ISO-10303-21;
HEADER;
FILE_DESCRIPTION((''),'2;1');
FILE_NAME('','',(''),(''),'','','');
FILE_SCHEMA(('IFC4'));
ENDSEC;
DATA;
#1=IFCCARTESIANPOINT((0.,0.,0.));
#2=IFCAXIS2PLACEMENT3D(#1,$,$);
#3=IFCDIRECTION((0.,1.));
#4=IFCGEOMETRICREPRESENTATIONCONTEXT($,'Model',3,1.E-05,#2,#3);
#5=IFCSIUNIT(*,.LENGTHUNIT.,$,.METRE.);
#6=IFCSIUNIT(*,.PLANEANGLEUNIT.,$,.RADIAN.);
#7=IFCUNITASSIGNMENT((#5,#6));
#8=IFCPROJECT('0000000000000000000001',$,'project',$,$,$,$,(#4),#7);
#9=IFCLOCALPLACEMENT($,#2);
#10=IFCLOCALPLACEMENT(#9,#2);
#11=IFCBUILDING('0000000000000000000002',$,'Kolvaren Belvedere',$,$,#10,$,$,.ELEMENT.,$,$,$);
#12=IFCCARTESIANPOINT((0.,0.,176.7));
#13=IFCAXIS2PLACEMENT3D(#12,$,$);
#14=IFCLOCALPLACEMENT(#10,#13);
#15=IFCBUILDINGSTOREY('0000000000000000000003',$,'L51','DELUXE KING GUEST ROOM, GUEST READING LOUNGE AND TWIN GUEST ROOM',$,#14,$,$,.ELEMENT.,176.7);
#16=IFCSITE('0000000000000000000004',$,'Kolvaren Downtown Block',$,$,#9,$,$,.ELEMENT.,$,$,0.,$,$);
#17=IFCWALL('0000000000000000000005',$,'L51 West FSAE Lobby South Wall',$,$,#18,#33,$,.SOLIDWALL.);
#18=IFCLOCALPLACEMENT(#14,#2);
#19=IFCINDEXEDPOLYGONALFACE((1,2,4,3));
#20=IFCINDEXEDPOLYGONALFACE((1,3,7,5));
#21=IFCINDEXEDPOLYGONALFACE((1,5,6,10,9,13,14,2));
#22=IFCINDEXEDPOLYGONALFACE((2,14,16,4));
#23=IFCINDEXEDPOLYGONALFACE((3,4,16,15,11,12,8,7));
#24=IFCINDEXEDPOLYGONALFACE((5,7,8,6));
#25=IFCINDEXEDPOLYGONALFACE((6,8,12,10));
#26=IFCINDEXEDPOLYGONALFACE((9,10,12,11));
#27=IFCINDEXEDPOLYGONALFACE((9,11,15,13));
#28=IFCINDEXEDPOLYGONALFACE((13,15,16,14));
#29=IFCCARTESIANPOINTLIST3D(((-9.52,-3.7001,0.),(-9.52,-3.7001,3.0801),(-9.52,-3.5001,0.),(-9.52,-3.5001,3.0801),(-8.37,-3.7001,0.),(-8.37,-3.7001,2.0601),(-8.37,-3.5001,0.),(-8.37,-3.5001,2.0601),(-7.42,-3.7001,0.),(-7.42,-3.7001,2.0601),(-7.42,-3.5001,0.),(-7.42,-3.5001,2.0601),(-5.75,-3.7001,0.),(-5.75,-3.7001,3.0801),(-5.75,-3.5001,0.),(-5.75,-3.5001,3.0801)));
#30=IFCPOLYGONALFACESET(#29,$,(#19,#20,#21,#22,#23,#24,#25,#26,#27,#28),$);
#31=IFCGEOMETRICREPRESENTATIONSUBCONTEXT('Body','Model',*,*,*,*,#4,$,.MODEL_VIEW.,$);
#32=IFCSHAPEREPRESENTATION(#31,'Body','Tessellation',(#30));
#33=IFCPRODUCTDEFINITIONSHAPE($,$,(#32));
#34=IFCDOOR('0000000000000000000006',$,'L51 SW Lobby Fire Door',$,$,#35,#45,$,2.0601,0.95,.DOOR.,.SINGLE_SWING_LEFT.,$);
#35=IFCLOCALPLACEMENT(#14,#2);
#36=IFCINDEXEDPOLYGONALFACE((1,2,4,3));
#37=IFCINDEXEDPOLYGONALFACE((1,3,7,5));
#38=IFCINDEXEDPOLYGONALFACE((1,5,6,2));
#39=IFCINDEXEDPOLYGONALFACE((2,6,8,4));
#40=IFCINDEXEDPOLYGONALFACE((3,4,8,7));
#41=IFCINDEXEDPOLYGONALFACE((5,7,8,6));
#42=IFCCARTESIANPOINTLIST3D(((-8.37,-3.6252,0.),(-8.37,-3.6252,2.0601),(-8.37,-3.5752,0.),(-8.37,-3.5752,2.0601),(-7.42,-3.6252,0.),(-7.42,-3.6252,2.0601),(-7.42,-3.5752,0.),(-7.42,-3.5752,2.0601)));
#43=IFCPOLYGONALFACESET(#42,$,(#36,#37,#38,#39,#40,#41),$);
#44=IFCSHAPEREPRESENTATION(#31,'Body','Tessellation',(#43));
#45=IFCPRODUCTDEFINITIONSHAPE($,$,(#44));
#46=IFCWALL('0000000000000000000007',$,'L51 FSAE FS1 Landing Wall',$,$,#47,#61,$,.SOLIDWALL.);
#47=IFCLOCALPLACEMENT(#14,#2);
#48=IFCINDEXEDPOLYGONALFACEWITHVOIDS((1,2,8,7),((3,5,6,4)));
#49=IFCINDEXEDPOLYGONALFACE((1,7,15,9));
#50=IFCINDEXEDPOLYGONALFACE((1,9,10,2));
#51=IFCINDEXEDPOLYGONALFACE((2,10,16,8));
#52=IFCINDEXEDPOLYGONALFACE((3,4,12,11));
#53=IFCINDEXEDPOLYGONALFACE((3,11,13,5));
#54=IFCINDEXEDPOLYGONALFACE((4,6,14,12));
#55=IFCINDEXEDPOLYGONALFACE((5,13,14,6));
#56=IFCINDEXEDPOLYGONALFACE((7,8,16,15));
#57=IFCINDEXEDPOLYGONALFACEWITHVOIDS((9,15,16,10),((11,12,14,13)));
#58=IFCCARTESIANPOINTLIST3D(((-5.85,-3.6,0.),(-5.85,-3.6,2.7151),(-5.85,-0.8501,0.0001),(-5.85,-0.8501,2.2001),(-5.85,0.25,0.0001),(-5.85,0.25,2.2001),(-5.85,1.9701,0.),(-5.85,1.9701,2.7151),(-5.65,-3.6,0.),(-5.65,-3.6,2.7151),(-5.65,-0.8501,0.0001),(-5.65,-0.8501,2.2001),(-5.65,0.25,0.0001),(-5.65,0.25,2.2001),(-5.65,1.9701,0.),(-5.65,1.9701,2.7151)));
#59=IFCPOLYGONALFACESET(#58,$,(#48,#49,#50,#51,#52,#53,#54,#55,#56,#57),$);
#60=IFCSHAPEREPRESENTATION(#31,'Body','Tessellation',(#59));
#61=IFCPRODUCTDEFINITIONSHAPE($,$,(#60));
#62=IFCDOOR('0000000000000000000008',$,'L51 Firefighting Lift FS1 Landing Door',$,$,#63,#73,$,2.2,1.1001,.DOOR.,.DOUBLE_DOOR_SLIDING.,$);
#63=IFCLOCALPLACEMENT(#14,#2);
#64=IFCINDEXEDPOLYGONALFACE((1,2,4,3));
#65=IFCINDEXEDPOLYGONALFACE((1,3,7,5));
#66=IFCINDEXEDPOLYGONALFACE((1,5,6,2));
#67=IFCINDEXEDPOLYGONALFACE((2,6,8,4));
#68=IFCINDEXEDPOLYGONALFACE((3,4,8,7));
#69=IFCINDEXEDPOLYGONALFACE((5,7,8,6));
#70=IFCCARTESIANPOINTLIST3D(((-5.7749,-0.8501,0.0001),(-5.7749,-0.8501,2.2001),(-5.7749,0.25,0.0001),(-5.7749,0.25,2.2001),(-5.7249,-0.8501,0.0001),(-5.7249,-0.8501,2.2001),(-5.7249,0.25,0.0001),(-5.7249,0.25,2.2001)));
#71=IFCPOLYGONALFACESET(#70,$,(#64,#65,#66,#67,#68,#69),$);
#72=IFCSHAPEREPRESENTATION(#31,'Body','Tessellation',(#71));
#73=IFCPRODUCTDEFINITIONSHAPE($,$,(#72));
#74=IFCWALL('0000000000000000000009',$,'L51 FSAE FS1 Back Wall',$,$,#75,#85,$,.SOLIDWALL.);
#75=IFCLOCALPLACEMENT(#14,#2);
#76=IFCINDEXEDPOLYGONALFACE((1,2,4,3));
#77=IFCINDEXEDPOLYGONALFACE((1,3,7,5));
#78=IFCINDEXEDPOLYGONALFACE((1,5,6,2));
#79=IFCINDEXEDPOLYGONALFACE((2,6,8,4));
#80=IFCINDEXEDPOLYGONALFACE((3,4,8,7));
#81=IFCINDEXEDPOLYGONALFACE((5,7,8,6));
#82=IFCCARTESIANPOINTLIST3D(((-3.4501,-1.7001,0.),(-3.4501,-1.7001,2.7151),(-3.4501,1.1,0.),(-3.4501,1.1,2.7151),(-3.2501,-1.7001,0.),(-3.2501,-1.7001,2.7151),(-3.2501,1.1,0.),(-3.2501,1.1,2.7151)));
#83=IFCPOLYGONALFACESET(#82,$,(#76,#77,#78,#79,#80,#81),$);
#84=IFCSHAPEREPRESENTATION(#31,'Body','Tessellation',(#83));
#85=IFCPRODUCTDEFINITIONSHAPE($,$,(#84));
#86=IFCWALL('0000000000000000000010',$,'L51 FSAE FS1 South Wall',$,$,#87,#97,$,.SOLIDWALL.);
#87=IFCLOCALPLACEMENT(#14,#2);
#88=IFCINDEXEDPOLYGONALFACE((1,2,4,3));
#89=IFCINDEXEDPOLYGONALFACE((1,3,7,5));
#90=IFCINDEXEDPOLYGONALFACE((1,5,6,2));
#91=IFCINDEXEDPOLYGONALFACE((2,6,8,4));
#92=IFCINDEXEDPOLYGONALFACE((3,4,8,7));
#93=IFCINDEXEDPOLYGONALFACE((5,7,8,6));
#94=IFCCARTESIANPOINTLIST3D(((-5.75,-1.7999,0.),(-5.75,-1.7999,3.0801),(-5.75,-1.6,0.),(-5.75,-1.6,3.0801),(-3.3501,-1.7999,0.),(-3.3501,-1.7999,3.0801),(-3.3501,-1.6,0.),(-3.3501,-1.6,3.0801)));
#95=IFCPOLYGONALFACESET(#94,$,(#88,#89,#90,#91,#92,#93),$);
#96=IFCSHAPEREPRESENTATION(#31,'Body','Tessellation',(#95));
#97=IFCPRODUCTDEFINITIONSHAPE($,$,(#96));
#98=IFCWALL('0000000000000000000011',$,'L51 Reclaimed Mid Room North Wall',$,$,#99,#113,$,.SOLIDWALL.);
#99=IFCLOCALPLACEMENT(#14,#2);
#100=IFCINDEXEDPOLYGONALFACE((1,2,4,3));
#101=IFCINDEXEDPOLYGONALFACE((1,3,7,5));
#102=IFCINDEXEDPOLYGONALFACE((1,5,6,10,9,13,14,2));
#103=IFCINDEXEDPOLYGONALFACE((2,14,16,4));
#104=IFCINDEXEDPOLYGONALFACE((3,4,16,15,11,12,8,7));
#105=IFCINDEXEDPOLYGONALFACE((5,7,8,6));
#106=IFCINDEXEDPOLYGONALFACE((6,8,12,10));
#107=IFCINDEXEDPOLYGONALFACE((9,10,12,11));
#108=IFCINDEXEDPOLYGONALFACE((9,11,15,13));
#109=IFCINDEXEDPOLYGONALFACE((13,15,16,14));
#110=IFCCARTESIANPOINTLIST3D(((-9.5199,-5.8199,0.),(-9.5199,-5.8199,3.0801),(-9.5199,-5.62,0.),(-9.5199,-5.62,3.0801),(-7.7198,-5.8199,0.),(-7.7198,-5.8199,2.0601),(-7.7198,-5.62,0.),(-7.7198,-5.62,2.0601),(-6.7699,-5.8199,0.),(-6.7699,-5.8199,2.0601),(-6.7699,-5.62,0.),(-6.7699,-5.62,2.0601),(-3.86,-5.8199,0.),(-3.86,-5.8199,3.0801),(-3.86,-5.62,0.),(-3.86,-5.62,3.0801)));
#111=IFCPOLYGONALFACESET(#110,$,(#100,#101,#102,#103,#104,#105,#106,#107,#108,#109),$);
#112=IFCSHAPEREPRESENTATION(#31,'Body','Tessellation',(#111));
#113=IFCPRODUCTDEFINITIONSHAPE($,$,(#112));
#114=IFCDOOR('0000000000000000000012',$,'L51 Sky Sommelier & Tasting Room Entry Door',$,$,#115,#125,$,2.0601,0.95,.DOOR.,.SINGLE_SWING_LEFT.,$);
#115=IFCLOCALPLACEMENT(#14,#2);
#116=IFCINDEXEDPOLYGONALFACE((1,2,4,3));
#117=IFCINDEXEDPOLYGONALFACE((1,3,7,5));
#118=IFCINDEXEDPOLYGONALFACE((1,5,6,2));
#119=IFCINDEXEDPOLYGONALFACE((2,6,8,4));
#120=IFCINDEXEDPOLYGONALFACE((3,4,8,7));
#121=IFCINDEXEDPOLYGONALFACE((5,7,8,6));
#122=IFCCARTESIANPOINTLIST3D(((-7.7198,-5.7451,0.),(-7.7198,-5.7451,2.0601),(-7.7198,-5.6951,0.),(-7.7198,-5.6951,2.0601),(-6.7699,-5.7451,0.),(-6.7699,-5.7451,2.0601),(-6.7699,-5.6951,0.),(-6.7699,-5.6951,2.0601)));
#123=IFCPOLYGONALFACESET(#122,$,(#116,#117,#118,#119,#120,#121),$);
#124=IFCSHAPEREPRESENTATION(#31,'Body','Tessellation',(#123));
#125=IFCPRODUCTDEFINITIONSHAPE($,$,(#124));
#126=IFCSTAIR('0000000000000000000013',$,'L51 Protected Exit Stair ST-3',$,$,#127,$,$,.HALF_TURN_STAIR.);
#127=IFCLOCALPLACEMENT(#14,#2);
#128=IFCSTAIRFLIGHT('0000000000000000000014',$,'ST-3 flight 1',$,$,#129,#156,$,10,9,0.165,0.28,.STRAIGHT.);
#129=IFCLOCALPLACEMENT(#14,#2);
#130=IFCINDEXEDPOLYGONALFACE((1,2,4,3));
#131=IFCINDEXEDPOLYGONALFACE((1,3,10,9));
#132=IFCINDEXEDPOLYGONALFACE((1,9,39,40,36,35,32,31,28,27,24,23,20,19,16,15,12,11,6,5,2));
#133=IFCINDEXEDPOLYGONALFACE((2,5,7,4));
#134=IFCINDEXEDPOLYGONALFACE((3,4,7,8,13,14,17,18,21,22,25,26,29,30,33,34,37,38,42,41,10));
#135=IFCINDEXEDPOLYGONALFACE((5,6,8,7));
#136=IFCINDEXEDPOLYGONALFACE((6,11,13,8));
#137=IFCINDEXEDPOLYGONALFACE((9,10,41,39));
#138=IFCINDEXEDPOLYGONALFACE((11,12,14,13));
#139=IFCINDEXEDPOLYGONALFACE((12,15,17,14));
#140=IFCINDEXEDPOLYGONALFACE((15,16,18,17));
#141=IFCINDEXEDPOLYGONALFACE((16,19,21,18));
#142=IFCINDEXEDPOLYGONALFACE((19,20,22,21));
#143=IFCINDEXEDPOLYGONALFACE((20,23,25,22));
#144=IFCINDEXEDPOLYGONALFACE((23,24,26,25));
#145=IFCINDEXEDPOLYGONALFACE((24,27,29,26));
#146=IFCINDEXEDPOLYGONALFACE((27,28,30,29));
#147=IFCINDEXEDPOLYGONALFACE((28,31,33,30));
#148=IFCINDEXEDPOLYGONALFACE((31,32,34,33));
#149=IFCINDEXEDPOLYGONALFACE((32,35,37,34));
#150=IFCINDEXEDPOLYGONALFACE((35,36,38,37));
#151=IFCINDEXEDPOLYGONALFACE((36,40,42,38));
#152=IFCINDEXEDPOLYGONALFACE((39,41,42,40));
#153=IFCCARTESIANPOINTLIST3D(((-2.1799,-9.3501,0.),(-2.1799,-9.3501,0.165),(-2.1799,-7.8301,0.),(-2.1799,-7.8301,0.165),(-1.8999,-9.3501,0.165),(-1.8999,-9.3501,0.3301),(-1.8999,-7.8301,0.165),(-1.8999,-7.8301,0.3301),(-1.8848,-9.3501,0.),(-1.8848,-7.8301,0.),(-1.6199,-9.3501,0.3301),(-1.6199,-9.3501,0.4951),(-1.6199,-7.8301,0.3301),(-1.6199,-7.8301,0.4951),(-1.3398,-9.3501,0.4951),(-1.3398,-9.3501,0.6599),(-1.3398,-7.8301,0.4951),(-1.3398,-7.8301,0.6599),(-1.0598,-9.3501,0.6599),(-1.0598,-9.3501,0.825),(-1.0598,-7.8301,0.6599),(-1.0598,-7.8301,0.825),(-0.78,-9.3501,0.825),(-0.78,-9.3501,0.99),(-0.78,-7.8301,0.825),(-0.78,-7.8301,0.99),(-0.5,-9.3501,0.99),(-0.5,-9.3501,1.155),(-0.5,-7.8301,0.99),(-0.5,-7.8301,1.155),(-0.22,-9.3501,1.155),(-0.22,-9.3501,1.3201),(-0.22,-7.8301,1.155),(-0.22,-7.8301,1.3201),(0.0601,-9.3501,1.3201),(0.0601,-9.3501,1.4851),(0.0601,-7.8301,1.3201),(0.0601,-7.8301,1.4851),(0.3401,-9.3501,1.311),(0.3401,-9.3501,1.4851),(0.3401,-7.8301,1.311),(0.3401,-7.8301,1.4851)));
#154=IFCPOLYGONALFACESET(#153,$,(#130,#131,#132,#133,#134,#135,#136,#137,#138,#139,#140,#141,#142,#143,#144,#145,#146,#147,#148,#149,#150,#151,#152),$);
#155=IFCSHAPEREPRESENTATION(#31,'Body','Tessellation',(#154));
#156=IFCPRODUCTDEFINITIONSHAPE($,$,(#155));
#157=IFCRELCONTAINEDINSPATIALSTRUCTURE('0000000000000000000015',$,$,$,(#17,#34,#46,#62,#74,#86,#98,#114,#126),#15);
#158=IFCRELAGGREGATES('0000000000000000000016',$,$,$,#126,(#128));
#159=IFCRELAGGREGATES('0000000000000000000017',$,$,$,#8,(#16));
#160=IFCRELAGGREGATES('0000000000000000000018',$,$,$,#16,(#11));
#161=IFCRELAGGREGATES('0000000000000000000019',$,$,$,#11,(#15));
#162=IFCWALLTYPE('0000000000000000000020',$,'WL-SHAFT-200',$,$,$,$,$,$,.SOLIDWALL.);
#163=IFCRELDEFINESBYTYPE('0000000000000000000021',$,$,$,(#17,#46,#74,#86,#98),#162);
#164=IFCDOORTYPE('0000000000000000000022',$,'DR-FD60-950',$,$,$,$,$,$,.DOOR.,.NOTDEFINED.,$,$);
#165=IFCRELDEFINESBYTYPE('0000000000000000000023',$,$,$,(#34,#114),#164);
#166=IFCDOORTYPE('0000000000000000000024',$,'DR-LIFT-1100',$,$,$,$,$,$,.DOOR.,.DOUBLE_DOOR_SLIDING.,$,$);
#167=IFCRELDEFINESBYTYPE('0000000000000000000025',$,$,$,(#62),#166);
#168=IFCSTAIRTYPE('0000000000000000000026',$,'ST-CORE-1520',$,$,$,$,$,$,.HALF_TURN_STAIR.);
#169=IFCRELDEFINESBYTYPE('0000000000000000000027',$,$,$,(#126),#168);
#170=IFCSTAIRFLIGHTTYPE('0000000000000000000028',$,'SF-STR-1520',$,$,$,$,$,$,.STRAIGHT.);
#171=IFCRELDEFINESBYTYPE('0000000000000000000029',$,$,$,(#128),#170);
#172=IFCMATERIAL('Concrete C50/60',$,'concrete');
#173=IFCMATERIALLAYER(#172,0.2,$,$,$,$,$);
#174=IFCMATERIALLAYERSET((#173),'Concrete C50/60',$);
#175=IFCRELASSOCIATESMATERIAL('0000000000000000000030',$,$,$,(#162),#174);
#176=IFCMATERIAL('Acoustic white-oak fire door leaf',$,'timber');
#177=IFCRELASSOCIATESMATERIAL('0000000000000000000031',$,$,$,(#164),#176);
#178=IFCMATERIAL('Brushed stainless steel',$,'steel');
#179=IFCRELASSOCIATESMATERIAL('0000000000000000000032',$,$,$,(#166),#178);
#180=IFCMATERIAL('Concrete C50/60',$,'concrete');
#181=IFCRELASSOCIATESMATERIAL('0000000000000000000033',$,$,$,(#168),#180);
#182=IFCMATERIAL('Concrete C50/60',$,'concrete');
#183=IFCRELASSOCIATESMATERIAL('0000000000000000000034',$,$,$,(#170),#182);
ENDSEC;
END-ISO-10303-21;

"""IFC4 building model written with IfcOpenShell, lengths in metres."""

from ifc_helpers import new_model, si_unit, direction, frame, frame_2d, origin, place, context, subcontext, project, spatial, polyline, rectangle, outline, extrude, material, layer, layer_set, type_object, element, fill, aggregate, save


model = new_model("IFC4")

# Units and contexts
model_context = context("Model", 3, precision=1e-05, world=origin(), true_north=direction((0.0, 1.0)))
body_context = subcontext(model_context, "Body", "Model", "MODEL_VIEW")
ifc_project = project(units=[si_unit("LENGTHUNIT", "METRE"), si_unit("PLANEANGLEUNIT", "RADIAN")], contexts=[model_context])

# Site, building, storey
site_placement = place(None, origin())
site = spatial("IfcSite", under=ifc_project, at=site_placement, Name="Kolvaren Downtown Block", CompositionType="ELEMENT", RefElevation=0.0)
building_placement = place(site_placement, origin())
building = spatial("IfcBuilding", under=site, at=building_placement, Name="Kolvaren Belvedere", CompositionType="ELEMENT")
storey_placement = place(building_placement, frame((0.0, 0.0, 176.7)))
storey = spatial("IfcBuildingStorey", under=building, at=storey_placement, Name="L51", Description="DELUXE KING GUEST ROOM, GUEST READING LOUNGE AND TWIN GUEST ROOM", CompositionType="ELEMENT", Elevation=176.7)

# Walls, openings, doors
ifc_material_1 = material(Name="Concrete C50/60", Category="concrete")
ifc_layer_1 = layer(ifc_material_1, 0.2)
ifc_layer_set_1 = layer_set([ifc_layer_1], Name="Concrete C50/60")
wall_type_1 = type_object("IfcWallType", Name="WL-SHAFT-200", PredefinedType="SOLIDWALL", material=ifc_layer_set_1)
wall_1_placement = place(storey_placement, frame((-9.52, -3.6001, 0.0), z_axis=(0.0, 0.0, 1.0), x_axis=(1.0, 0.0, 0.0)))
wall_1 = element("IfcWall", 1, at=wall_1_placement, inside=storey, type_object=wall_type_1, Name="L51 West FSAE Lobby South Wall", PredefinedType="SOLIDWALL", context=body_context, shape_type="SweptSolid", body=[
    extrude(rectangle(XDim=3.77, YDim=0.2, at=frame_2d((1.885, 0.0))), origin(), (0.0, 0.0, 1.0), 3.0801),
])
opening_1_placement = place(wall_1_placement, frame((1.1499, 0.0, 0.0)))
opening_1 = element("IfcOpeningElement", 2, at=opening_1_placement, cuts=wall_1, PredefinedType="OPENING", context=body_context, shape_type="SweptSolid", body=[
    extrude(rectangle(XDim=0.95, YDim=2.0601, at=frame_2d((0.4751, 1.03))), frame((0.0, 0.1099, 0.0), z_axis=(0.0, -1.0, 0.0), x_axis=(1.0, 0.0, 0.0)), (0.0, 0.0, 1.0), 0.22),
])
ifc_material_2 = material(Name="Acoustic white-oak fire door leaf", Category="timber")
door_type_1 = type_object("IfcDoorType", Name="DR-FD60-950", OperationType="NOTDEFINED", PredefinedType="DOOR", material=ifc_material_2)
door_1_placement = place(opening_1_placement, origin())
door_1 = element("IfcDoor", 3, at=door_1_placement, inside=storey, type_object=door_type_1, Name="L51 SW Lobby Fire Door", OperationType="SINGLE_SWING_LEFT", OverallHeight=2.0601, OverallWidth=0.95, PredefinedType="DOOR", context=body_context, shape_type="SweptSolid", body=[
    extrude(rectangle(XDim=0.95, YDim=2.0601, at=frame_2d((0.4751, 1.03))), frame((0.0, 0.0249, 0.0), z_axis=(0.0, -1.0, 0.0), x_axis=(1.0, 0.0, 0.0)), (0.0, 0.0, 1.0), 0.05),
])
fill(opening_1, door_1)
wall_2_placement = place(storey_placement, frame((-5.75, -3.6001, 0.0), z_axis=(0.0, 0.0, 1.0), x_axis=(0.0, 1.0, 0.0)))
wall_2 = element("IfcWall", 4, at=wall_2_placement, inside=storey, type_object=wall_type_1, Name="L51 FSAE FS1 Landing Wall", PredefinedType="SOLIDWALL", context=body_context, shape_type="SweptSolid", body=[
    extrude(rectangle(XDim=5.5701, YDim=0.2, at=frame_2d((2.7852, 0.0))), origin(), (0.0, 0.0, 1.0), 2.7151),
])
opening_2_placement = place(wall_2_placement, frame((2.75, 0.0, 0.0)))
opening_2 = element("IfcOpeningElement", 5, at=opening_2_placement, cuts=wall_2, PredefinedType="OPENING", context=body_context, shape_type="SweptSolid", body=[
    extrude(rectangle(XDim=1.1001, YDim=2.2, at=frame_2d((0.55, 1.1001))), frame((0.0, 0.1099, 0.0), z_axis=(0.0, -1.0, 0.0), x_axis=(1.0, 0.0, 0.0)), (0.0, 0.0, 1.0), 0.22),
])
ifc_material_3 = material(Name="Brushed stainless steel", Category="steel")
door_type_2 = type_object("IfcDoorType", Name="DR-LIFT-1100", OperationType="DOUBLE_DOOR_SLIDING", PredefinedType="DOOR", material=ifc_material_3)
door_2_placement = place(opening_2_placement, origin())
door_2 = element("IfcDoor", 6, at=door_2_placement, inside=storey, type_object=door_type_2, Name="L51 Firefighting Lift FS1 Landing Door", OperationType="DOUBLE_DOOR_SLIDING", OverallHeight=2.2, OverallWidth=1.1001, PredefinedType="DOOR", context=body_context, shape_type="SweptSolid", body=[
    extrude(rectangle(XDim=1.1001, YDim=2.2, at=frame_2d((0.55, 1.1001))), frame((0.0, 0.0249, 0.0), z_axis=(0.0, -1.0, 0.0), x_axis=(1.0, 0.0, 0.0)), (0.0, 0.0, 1.0), 0.05),
])
fill(opening_2, door_2)

# Walls
wall_3_placement = place(storey_placement, frame((-3.3501, -1.7, 0.0), z_axis=(0.0, 0.0, 1.0), x_axis=(0.0, 1.0, 0.0)))
element("IfcWall", 7, at=wall_3_placement, inside=storey, type_object=wall_type_1, Name="L51 FSAE FS1 Back Wall", PredefinedType="SOLIDWALL", context=body_context, shape_type="SweptSolid", body=[
    extrude(rectangle(XDim=2.8, YDim=0.2, at=frame_2d((1.3999, 0.0))), origin(), (0.0, 0.0, 1.0), 2.7151),
])
wall_4_placement = place(storey_placement, frame((-5.75, -1.7, 0.0), z_axis=(0.0, 0.0, 1.0), x_axis=(1.0, 0.0, 0.0)))
element("IfcWall", 8, at=wall_4_placement, inside=storey, type_object=wall_type_1, Name="L51 FSAE FS1 South Wall", PredefinedType="SOLIDWALL", context=body_context, shape_type="SweptSolid", body=[
    extrude(rectangle(XDim=2.3999, YDim=0.2, at=frame_2d((1.2, 0.0))), origin(), (0.0, 0.0, 1.0), 3.0801),
])

# Wall, opening, door
wall_5_placement = place(storey_placement, frame((-9.52, -5.72, 0.0), z_axis=(0.0, 0.0, 1.0), x_axis=(1.0, 0.0, 0.0)))
wall_5 = element("IfcWall", 9, at=wall_5_placement, inside=storey, type_object=wall_type_1, Name="L51 Reclaimed Mid Room North Wall", PredefinedType="SOLIDWALL", context=body_context, shape_type="SweptSolid", body=[
    extrude(rectangle(XDim=5.6599, YDim=0.2, at=frame_2d((2.8301, 0.0))), origin(), (0.0, 0.0, 1.0), 3.0801),
])
opening_3_placement = place(wall_5_placement, frame((1.8, 0.0, 0.0)))
opening_3 = element("IfcOpeningElement", 10, at=opening_3_placement, cuts=wall_5, PredefinedType="OPENING", context=body_context, shape_type="SweptSolid", body=[
    extrude(rectangle(XDim=0.95, YDim=2.0601, at=frame_2d((0.4751, 1.03))), frame((0.0, 0.1099, 0.0), z_axis=(0.0, -1.0, 0.0), x_axis=(1.0, 0.0, 0.0)), (0.0, 0.0, 1.0), 0.22),
])
door_3_placement = place(opening_3_placement, origin())
door_3 = element("IfcDoor", 11, at=door_3_placement, inside=storey, type_object=door_type_1, Name="L51 Sky Sommelier & Tasting Room Entry Door", OperationType="SINGLE_SWING_LEFT", OverallHeight=2.0601, OverallWidth=0.95, PredefinedType="DOOR", context=body_context, shape_type="SweptSolid", body=[
    extrude(rectangle(XDim=0.95, YDim=2.0601, at=frame_2d((0.4751, 1.03))), frame((0.0, 0.0249, 0.0), z_axis=(0.0, -1.0, 0.0), x_axis=(1.0, 0.0, 0.0)), (0.0, 0.0, 1.0), 0.05),
])
fill(opening_3, door_3)

# Stair, stair flight
ifc_material_4 = material(Name="Concrete C50/60", Category="concrete")
stair_type = type_object("IfcStairType", Name="ST-CORE-1520", PredefinedType="HALF_TURN_STAIR", material=ifc_material_4)
stair_placement = place(storey_placement, origin())
stair = element("IfcStair", 12, at=stair_placement, inside=storey, type_object=stair_type, Name="L51 Protected Exit Stair ST-3", PredefinedType="HALF_TURN_STAIR")
ifc_material_5 = material(Name="Concrete C50/60", Category="concrete")
stair_flight_type = type_object("IfcStairFlightType", Name="SF-STR-1520", PredefinedType="STRAIGHT", material=ifc_material_5)
stair_flight_placement = place(storey_placement, frame((-2.1799, -8.5901, 0.0), z_axis=(0.0, 0.0, 1.0), x_axis=(1.0, 0.0, 0.0)))
stair_flight = element("IfcStairFlight", 13, at=stair_flight_placement, type_object=stair_flight_type, Name="ST-3 flight 1", NumberOfRisers=10, NumberOfTreads=9, PredefinedType="STRAIGHT", RiserHeight=0.165, TreadLength=0.28, context=body_context, shape_type="SweptSolid", body=[
    extrude(outline(polyline([(0.0, 0.0), (0.0, 0.165), (0.28, 0.165), (0.28, 0.3301), (0.5601, 0.3301), (0.5601, 0.4951), (0.8401, 0.4951), (0.8401, 0.6599), (1.1201, 0.6599), (1.1201, 0.825), (1.3999, 0.825), (1.3999, 0.99), (1.6799, 0.99), (1.6799, 1.155), (1.96, 1.155), (1.96, 1.3201), (2.24, 1.3201), (2.24, 1.4851), (2.52, 1.4851), (2.52, 1.6499), (2.52, 1.311), (0.2952, 0.0), (0.0, 0.0)])), frame((0.0, 0.76, 0.0), z_axis=(0.0, -1.0, 0.0), x_axis=(1.0, 0.0, 0.0)), (0.0, 0.0, 1.0), 1.52),
])
aggregate(stair, [stair_flight])

save(model, "model.ifc")
